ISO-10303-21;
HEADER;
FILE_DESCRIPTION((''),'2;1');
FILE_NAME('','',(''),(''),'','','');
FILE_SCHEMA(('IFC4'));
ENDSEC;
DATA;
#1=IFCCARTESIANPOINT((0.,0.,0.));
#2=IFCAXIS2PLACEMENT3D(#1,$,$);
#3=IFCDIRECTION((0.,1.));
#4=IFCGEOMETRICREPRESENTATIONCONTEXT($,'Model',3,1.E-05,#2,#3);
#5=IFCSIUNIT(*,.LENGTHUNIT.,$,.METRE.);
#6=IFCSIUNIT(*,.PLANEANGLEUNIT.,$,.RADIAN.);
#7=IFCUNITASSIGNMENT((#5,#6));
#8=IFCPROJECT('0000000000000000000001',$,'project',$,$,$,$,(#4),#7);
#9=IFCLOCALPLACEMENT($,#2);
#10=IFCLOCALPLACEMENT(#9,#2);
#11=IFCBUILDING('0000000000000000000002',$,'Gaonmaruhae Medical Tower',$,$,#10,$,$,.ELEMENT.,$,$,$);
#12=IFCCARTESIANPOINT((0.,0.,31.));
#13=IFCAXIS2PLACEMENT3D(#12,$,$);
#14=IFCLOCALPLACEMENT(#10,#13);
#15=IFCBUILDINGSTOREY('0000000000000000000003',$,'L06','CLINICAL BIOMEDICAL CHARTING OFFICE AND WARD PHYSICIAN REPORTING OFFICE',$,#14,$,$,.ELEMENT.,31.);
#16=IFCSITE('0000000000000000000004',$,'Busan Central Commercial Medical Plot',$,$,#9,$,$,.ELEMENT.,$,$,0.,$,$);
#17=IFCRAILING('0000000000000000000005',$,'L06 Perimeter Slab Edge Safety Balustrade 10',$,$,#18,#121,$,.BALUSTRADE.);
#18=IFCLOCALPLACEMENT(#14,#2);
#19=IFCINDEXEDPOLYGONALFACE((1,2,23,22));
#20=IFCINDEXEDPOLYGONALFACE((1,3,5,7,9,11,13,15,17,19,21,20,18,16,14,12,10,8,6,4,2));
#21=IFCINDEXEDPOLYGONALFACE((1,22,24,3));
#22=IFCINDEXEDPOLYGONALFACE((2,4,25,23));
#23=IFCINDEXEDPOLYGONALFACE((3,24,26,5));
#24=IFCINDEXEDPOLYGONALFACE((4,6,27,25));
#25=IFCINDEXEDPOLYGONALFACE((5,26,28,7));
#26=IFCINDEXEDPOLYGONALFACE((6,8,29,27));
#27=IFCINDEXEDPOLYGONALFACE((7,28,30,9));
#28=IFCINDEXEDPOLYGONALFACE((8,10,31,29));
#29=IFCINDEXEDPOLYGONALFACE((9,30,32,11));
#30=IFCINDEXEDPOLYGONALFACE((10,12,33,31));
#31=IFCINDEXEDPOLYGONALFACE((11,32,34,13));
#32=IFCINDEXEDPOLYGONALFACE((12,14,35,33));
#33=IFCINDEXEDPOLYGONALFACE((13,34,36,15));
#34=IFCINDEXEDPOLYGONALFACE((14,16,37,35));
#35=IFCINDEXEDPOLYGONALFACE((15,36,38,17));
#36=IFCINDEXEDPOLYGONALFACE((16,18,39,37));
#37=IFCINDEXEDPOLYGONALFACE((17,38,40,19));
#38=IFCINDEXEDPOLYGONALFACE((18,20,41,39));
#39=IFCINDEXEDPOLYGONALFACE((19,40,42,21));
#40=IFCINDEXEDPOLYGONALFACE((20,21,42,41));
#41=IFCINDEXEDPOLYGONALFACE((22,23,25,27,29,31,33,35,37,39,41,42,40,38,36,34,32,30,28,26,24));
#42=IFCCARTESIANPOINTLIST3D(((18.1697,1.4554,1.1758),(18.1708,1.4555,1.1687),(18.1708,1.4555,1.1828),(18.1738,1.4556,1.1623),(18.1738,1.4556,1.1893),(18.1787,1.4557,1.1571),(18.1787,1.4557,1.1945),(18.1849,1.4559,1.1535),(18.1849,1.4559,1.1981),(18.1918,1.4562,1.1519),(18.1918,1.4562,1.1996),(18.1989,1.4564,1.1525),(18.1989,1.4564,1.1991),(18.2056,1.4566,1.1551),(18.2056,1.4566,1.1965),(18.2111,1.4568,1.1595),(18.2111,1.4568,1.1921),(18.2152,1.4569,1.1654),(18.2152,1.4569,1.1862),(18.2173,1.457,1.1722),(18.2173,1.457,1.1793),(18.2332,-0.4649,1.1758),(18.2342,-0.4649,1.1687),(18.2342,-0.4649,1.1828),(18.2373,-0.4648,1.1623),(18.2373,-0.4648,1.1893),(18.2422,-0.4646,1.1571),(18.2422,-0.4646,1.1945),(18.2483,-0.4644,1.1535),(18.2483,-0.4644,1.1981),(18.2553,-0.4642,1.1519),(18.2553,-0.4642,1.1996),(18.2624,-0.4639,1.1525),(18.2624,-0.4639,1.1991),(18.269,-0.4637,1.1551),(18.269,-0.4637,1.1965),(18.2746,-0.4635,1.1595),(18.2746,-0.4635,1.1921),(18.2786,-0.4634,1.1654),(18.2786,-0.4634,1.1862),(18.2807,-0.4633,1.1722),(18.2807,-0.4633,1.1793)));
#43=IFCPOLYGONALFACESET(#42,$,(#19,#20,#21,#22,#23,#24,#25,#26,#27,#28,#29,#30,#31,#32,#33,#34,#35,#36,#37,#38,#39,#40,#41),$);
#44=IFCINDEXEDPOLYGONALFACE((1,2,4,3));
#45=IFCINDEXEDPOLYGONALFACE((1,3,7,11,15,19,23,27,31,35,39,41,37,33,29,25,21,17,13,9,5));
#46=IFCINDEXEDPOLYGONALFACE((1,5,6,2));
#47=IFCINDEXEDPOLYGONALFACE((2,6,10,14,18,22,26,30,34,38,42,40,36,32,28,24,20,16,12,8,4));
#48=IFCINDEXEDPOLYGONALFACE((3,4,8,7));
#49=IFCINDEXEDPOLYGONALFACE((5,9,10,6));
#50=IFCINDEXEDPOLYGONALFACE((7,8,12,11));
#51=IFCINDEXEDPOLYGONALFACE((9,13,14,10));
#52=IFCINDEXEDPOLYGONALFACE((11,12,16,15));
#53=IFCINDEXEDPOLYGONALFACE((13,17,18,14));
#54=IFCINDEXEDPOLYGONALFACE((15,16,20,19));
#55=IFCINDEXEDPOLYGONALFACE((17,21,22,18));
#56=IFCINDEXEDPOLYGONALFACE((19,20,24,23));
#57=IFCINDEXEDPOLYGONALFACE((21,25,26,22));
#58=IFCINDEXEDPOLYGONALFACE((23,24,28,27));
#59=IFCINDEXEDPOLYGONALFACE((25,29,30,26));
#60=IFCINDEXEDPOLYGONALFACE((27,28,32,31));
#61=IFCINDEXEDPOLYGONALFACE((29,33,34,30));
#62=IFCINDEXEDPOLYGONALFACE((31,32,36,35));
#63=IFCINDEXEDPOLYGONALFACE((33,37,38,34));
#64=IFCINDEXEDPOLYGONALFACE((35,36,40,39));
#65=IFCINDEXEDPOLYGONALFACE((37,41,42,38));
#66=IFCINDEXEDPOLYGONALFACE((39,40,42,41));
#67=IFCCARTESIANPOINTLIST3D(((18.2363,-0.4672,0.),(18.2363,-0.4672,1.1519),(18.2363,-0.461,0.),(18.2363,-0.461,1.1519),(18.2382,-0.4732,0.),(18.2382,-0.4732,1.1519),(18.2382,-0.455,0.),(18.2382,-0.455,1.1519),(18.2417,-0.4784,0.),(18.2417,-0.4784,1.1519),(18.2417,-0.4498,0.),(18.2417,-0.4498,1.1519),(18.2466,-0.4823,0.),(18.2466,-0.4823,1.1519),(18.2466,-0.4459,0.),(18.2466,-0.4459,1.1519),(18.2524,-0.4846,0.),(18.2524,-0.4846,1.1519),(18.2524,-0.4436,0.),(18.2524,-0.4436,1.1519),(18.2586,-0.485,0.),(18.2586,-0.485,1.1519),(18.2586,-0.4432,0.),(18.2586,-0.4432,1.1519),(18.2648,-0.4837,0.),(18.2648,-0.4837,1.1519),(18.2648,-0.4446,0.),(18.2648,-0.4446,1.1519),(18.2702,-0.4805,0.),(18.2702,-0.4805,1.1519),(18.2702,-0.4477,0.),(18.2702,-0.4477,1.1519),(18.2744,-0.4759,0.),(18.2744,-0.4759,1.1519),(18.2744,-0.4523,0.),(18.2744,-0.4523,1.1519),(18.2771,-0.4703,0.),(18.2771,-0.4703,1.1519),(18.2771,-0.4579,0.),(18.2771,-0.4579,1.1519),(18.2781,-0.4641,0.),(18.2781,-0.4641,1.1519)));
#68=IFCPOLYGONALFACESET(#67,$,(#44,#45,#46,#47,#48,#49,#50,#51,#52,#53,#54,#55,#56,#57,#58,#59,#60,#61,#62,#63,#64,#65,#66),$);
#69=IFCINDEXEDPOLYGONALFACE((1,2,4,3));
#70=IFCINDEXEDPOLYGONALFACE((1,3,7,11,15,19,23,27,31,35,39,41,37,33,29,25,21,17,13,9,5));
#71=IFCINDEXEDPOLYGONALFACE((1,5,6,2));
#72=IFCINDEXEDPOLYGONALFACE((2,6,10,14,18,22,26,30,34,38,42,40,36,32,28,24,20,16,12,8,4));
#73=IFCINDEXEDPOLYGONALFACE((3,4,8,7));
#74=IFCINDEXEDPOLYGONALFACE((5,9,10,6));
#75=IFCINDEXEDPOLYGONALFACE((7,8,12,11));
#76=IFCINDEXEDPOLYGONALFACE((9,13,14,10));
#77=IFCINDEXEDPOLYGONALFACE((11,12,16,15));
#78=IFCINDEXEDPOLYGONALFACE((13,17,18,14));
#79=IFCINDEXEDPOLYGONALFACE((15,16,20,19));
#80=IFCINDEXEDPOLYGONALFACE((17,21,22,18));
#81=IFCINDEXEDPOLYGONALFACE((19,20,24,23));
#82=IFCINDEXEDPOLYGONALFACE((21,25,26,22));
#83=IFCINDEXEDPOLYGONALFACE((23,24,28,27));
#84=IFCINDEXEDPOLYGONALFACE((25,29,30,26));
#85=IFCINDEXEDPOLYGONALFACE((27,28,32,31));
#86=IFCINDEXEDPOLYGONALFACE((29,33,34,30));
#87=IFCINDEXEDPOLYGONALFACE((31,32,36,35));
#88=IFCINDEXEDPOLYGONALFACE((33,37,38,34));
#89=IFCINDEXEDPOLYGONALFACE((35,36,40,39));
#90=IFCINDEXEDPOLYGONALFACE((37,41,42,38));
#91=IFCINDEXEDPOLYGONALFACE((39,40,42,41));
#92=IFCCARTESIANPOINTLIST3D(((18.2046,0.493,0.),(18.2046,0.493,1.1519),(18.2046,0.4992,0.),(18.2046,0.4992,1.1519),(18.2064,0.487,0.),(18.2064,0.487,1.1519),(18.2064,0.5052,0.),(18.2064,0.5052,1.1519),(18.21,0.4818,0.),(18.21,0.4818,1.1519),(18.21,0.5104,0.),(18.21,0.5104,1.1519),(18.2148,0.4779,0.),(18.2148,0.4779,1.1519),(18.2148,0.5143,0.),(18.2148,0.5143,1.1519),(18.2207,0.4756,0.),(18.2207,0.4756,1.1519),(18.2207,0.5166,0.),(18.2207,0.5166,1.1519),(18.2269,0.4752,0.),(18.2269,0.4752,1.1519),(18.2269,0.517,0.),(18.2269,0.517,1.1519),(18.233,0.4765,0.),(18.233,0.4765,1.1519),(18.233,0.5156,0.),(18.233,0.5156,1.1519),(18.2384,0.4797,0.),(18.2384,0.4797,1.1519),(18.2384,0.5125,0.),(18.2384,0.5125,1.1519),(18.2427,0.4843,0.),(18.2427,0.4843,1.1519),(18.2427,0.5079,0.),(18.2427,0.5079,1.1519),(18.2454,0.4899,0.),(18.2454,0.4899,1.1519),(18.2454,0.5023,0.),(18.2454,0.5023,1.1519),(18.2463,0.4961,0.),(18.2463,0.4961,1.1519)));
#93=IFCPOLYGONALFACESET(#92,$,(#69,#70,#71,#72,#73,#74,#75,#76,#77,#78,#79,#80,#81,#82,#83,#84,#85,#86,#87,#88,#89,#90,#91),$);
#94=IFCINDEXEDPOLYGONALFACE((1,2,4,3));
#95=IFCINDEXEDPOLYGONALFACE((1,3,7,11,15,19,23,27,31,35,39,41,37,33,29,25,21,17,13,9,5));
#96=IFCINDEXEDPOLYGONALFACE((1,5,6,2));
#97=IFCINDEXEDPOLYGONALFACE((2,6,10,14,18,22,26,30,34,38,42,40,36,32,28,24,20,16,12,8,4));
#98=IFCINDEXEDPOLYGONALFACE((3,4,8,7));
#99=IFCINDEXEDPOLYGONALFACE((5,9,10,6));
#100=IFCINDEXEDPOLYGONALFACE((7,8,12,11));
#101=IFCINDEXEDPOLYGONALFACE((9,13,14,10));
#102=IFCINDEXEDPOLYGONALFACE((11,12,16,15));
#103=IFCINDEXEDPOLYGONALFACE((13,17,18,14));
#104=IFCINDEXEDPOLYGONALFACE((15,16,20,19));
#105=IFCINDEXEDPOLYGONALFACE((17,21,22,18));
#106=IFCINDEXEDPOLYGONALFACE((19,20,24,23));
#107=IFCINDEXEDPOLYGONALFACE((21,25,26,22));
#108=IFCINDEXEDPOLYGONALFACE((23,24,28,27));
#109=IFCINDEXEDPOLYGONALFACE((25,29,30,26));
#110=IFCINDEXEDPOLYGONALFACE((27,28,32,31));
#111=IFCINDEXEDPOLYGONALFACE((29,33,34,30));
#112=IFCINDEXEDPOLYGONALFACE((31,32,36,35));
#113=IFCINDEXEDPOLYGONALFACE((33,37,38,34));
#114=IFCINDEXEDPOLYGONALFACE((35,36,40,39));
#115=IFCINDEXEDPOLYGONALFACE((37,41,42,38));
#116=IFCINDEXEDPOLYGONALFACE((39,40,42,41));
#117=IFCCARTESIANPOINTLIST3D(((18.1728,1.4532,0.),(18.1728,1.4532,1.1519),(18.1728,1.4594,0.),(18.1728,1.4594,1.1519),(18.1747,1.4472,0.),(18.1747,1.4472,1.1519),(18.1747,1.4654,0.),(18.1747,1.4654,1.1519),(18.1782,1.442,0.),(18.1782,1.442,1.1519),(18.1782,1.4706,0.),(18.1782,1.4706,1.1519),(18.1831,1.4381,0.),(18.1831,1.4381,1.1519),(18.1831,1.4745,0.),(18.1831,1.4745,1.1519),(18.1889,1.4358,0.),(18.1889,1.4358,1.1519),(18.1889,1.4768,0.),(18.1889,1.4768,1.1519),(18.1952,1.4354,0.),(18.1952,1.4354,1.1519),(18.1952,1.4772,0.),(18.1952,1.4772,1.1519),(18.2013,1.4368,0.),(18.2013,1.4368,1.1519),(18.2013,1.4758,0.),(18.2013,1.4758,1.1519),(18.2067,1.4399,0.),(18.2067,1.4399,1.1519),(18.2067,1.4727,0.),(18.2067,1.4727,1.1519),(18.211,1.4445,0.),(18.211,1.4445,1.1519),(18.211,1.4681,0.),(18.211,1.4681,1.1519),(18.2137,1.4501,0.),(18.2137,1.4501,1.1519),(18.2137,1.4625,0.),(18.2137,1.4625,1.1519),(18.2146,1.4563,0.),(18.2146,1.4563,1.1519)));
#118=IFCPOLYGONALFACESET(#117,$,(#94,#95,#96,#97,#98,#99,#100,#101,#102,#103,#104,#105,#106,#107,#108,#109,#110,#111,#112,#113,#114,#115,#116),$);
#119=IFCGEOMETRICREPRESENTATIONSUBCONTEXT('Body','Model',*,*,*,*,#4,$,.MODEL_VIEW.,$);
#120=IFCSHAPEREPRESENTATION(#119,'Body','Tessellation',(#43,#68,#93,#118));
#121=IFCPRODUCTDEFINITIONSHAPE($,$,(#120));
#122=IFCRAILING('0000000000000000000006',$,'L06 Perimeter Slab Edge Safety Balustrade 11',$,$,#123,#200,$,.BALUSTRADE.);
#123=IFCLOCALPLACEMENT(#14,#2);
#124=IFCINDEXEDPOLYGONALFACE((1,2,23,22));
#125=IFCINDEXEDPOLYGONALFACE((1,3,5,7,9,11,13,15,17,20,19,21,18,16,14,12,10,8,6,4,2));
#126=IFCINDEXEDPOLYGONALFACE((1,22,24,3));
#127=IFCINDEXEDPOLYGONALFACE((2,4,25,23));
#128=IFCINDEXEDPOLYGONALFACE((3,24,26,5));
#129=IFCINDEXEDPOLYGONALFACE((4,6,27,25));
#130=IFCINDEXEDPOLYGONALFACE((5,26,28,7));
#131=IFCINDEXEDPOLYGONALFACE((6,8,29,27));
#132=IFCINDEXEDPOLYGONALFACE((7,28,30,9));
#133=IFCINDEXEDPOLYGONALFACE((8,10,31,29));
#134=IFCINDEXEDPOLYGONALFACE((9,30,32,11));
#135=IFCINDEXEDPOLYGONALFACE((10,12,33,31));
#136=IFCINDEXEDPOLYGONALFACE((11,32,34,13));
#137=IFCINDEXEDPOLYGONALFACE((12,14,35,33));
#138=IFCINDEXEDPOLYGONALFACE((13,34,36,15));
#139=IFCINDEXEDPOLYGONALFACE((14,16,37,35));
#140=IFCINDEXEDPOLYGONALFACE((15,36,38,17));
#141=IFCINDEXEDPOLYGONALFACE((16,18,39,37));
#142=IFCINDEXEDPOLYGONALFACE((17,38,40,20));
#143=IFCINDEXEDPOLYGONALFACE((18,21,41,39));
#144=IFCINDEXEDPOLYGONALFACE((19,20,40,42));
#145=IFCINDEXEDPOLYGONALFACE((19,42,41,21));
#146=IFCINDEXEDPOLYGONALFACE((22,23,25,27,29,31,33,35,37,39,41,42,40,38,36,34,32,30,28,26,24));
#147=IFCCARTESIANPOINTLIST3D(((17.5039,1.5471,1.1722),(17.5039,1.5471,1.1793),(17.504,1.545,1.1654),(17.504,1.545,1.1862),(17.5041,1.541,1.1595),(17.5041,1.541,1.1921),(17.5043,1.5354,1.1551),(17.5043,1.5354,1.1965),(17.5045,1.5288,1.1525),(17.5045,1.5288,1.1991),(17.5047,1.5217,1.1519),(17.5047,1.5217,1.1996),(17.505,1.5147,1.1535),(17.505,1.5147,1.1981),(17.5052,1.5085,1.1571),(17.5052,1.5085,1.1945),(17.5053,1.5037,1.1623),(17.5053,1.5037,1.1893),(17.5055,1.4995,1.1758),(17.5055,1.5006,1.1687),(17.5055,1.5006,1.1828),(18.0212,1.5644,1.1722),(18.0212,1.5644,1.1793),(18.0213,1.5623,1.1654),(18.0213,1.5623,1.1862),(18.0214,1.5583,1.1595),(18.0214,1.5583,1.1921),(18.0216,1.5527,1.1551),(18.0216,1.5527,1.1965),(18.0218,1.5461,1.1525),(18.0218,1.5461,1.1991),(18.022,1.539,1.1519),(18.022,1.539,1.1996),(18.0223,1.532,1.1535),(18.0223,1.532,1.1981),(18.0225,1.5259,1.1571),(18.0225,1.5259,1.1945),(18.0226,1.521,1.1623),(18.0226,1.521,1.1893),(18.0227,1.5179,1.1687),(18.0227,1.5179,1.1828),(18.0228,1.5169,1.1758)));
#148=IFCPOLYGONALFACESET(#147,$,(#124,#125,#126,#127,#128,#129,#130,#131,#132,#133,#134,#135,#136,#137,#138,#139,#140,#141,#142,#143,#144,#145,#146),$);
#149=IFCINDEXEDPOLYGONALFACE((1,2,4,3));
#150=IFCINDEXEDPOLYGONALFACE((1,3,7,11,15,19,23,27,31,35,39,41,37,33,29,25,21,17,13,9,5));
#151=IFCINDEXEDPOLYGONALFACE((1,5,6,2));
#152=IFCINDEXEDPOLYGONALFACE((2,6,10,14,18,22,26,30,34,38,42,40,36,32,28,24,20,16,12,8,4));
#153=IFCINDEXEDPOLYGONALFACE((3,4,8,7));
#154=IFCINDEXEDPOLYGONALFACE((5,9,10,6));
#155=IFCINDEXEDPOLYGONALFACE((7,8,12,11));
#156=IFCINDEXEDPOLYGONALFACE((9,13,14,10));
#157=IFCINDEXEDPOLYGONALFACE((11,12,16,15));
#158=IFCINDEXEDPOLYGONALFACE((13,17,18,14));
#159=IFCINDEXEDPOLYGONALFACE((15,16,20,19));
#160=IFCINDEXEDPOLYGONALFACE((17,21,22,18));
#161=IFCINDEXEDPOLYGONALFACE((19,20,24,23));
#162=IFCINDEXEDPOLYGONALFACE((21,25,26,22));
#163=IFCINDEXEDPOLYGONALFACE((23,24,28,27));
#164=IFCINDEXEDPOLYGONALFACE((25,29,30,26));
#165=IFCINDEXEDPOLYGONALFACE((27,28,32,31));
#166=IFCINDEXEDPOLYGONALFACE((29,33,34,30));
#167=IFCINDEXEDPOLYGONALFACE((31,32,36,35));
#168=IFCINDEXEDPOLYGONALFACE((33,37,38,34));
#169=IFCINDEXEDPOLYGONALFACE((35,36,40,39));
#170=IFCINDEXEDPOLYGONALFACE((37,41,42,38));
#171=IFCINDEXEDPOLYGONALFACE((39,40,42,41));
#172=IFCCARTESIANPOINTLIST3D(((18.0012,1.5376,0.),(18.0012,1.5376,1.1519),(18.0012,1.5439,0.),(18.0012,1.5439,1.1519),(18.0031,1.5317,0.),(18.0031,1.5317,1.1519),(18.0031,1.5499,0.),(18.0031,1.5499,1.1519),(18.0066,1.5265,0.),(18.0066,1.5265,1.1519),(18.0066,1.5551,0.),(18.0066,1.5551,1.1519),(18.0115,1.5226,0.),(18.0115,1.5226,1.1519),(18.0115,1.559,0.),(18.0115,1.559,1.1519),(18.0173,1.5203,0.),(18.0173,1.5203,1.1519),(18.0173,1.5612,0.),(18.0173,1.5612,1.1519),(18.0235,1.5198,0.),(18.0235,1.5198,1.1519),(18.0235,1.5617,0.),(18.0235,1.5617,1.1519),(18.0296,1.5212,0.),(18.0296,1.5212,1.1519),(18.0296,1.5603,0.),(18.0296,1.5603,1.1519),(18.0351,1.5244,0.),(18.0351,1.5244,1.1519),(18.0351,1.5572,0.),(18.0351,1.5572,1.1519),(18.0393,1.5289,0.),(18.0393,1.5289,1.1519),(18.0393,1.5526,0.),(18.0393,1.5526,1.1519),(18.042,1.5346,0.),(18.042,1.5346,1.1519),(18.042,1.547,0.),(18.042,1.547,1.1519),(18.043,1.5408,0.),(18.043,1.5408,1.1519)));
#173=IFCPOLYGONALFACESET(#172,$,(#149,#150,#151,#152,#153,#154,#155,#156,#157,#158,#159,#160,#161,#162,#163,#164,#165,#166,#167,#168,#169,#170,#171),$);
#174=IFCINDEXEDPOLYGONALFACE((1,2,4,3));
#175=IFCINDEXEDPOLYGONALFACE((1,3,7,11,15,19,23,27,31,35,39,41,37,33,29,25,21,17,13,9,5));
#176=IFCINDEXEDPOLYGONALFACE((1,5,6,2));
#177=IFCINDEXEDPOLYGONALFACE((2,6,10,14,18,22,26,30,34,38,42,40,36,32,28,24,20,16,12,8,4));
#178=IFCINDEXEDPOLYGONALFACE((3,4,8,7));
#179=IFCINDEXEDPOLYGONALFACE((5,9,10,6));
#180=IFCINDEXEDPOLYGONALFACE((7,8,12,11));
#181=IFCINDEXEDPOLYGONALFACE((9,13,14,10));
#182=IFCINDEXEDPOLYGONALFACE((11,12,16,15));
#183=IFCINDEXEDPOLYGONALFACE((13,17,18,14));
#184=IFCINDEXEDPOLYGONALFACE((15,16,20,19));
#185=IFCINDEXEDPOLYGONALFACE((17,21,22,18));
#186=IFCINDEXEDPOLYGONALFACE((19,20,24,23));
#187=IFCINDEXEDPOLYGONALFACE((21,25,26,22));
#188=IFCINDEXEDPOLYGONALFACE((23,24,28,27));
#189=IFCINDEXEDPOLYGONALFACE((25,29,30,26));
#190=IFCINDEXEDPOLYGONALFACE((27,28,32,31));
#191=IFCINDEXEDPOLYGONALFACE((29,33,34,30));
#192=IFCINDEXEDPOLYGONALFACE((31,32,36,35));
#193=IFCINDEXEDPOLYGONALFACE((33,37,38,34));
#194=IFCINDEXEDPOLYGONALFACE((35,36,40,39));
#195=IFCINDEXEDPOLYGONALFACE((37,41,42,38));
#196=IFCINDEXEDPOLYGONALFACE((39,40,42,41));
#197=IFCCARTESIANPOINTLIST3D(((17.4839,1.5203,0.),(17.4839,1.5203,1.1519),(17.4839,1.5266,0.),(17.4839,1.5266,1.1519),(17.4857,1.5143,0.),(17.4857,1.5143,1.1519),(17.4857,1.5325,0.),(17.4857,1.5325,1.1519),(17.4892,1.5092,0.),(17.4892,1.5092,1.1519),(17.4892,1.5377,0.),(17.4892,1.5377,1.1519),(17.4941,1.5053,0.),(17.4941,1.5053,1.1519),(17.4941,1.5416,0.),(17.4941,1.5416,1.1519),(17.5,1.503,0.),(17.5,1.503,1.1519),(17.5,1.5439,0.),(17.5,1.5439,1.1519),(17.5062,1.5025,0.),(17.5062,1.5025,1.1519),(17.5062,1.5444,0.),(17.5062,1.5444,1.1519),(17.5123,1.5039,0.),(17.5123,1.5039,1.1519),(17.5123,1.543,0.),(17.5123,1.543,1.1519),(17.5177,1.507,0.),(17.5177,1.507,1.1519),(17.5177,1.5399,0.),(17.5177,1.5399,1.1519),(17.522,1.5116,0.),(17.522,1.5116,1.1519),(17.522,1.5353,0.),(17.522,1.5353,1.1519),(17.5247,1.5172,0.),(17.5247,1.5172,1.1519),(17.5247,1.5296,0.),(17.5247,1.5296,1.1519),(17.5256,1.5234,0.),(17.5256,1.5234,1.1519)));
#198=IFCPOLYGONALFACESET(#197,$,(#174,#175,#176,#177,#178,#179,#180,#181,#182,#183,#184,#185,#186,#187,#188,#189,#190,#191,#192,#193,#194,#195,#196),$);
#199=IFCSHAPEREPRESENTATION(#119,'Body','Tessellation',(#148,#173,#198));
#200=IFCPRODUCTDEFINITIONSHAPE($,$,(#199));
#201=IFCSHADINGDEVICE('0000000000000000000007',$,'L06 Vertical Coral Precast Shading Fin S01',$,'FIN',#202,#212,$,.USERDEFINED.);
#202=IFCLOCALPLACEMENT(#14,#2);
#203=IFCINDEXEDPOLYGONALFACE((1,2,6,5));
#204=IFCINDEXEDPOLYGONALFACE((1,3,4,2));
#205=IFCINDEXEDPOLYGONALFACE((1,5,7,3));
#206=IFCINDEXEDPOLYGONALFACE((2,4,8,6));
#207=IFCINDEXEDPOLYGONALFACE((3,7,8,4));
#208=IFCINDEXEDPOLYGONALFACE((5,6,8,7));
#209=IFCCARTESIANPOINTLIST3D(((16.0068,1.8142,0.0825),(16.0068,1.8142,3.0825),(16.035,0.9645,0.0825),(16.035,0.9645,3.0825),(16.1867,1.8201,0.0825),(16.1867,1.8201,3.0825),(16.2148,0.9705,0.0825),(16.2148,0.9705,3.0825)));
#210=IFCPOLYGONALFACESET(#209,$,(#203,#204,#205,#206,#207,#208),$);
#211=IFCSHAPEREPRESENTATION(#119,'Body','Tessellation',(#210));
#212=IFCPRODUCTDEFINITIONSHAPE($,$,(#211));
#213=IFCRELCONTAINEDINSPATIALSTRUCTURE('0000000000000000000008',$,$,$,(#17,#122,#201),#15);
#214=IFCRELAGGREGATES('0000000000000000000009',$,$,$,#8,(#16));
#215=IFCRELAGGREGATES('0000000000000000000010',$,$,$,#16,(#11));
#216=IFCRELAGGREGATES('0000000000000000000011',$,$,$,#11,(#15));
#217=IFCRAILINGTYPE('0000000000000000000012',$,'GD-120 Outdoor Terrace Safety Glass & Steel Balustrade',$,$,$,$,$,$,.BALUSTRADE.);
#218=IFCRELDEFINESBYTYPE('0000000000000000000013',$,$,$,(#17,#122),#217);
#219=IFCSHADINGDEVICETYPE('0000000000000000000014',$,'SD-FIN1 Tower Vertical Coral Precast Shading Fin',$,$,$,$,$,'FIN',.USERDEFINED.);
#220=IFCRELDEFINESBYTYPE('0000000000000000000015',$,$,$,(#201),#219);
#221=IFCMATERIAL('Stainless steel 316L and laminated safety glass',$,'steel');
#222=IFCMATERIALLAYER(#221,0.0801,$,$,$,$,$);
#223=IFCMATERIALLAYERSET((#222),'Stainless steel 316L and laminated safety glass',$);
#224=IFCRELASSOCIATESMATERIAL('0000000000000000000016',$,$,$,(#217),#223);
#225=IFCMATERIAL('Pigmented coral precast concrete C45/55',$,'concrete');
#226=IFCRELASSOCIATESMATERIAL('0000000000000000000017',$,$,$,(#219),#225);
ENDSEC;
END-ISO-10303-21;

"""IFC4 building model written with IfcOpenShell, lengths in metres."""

from ifc_helpers import new_model, si_unit, direction, frame, origin, origin_2d, place, context, subcontext, project, spatial, rectangle, circle, extrude, material, layer, layer_set, type_object, element, save


model = new_model("IFC4")

# Units and contexts
model_context = context("Model", 3, precision=1e-05, world=origin(), true_north=direction((0.0, 1.0)))
body_context = subcontext(model_context, "Body", "Model", "MODEL_VIEW")
ifc_project = project(units=[si_unit("LENGTHUNIT", "METRE"), si_unit("PLANEANGLEUNIT", "RADIAN")], contexts=[model_context])

# Site, building, storey
site_placement = place(None, origin())
site = spatial("IfcSite", under=ifc_project, at=site_placement, Name="Busan Central Commercial Medical Plot", CompositionType="ELEMENT", RefElevation=0.0)
building_placement = place(site_placement, origin())
building = spatial("IfcBuilding", under=site, at=building_placement, Name="Gaonmaruhae Medical Tower", CompositionType="ELEMENT")
storey_placement = place(building_placement, frame((0.0, 0.0, 31.0)))
storey = spatial("IfcBuildingStorey", under=building, at=storey_placement, Name="L06", Description="CLINICAL BIOMEDICAL CHARTING OFFICE AND WARD PHYSICIAN REPORTING OFFICE", CompositionType="ELEMENT", Elevation=31.0)

# Railings
ifc_material_1 = material(Name="Stainless steel 316L and laminated safety glass", Category="steel")
ifc_layer_1 = layer(ifc_material_1, 0.0801)
ifc_layer_set_1 = layer_set([ifc_layer_1], Name="Stainless steel 316L and laminated safety glass")
railing_type = type_object("IfcRailingType", Name="GD-120 Outdoor Terrace Safety Glass & Steel Balustrade", PredefinedType="BALUSTRADE", material=ifc_layer_set_1)
railing_1_placement = place(storey_placement, frame((18.2571, -0.4641, 0.0)))
element("IfcRailing", 1, at=railing_1_placement, inside=storey, type_object=railing_type, Name="L06 Perimeter Slab Edge Safety Balustrade 10", PredefinedType="BALUSTRADE", context=body_context, shape_type="SweptSolid", body=[
    extrude(circle(Radius=0.0239, at=origin_2d()), frame((0.0, 0.0, 1.1758), z_axis=(-0.033036, 0.999454, 0.0), x_axis=(-0.999454, -0.033036, 0.0)), (0.0, 0.0, 1.0), 1.9214),
    extrude(circle(Radius=0.021, at=origin_2d()), origin(), (0.0, 0.0, 1.0), 1.1519),
    extrude(circle(Radius=0.021, at=origin_2d()), frame((-0.0317, 0.9602, 0.0)), (0.0, 0.0, 1.0), 1.1519),
    extrude(circle(Radius=0.021, at=origin_2d()), frame((-0.0635, 1.9204, 0.0)), (0.0, 0.0, 1.0), 1.1519),
])
railing_2_placement = place(storey_placement, frame((18.022, 1.5408, 0.0)))
element("IfcRailing", 2, at=railing_2_placement, inside=storey, type_object=railing_type, Name="L06 Perimeter Slab Edge Safety Balustrade 11", PredefinedType="BALUSTRADE", context=body_context, shape_type="SweptSolid", body=[
    extrude(circle(Radius=0.0239, at=origin_2d()), frame((0.0, 0.0, 1.1758), z_axis=(-0.999439, -0.033488, 0.0), x_axis=(0.033488, -0.999439, 0.0)), (0.0, 0.0, 1.0), 0.5176),
    extrude(circle(Radius=0.021, at=origin_2d()), origin(), (0.0, 0.0, 1.0), 1.1519),
    extrude(circle(Radius=0.021, at=origin_2d()), frame((-0.5173, -0.0173, 0.0)), (0.0, 0.0, 1.0), 1.1519),
])

# Shading device
ifc_material_2 = material(Name="Pigmented coral precast concrete C45/55", Category="concrete")
shading_device_type = type_object("IfcShadingDeviceType", Name="SD-FIN1 Tower Vertical Coral Precast Shading Fin", ElementType="FIN", PredefinedType="USERDEFINED", material=ifc_material_2)
shading_device_placement = place(storey_placement, frame((16.1108, 1.3923, 0.0825), z_axis=(0.0, 0.0, 1.0), x_axis=(-0.99945, -0.033155, 0.0)))
element("IfcShadingDevice", 3, at=shading_device_placement, inside=storey, type_object=shading_device_type, Name="L06 Vertical Coral Precast Shading Fin S01", ObjectType="FIN", PredefinedType="USERDEFINED", context=body_context, shape_type="SweptSolid", body=[
    extrude(rectangle(XDim=0.1799, YDim=0.8501, at=origin_2d()), origin(), (0.0, 0.0, 1.0), 3.0),
])

save(model, "model.ifc")
